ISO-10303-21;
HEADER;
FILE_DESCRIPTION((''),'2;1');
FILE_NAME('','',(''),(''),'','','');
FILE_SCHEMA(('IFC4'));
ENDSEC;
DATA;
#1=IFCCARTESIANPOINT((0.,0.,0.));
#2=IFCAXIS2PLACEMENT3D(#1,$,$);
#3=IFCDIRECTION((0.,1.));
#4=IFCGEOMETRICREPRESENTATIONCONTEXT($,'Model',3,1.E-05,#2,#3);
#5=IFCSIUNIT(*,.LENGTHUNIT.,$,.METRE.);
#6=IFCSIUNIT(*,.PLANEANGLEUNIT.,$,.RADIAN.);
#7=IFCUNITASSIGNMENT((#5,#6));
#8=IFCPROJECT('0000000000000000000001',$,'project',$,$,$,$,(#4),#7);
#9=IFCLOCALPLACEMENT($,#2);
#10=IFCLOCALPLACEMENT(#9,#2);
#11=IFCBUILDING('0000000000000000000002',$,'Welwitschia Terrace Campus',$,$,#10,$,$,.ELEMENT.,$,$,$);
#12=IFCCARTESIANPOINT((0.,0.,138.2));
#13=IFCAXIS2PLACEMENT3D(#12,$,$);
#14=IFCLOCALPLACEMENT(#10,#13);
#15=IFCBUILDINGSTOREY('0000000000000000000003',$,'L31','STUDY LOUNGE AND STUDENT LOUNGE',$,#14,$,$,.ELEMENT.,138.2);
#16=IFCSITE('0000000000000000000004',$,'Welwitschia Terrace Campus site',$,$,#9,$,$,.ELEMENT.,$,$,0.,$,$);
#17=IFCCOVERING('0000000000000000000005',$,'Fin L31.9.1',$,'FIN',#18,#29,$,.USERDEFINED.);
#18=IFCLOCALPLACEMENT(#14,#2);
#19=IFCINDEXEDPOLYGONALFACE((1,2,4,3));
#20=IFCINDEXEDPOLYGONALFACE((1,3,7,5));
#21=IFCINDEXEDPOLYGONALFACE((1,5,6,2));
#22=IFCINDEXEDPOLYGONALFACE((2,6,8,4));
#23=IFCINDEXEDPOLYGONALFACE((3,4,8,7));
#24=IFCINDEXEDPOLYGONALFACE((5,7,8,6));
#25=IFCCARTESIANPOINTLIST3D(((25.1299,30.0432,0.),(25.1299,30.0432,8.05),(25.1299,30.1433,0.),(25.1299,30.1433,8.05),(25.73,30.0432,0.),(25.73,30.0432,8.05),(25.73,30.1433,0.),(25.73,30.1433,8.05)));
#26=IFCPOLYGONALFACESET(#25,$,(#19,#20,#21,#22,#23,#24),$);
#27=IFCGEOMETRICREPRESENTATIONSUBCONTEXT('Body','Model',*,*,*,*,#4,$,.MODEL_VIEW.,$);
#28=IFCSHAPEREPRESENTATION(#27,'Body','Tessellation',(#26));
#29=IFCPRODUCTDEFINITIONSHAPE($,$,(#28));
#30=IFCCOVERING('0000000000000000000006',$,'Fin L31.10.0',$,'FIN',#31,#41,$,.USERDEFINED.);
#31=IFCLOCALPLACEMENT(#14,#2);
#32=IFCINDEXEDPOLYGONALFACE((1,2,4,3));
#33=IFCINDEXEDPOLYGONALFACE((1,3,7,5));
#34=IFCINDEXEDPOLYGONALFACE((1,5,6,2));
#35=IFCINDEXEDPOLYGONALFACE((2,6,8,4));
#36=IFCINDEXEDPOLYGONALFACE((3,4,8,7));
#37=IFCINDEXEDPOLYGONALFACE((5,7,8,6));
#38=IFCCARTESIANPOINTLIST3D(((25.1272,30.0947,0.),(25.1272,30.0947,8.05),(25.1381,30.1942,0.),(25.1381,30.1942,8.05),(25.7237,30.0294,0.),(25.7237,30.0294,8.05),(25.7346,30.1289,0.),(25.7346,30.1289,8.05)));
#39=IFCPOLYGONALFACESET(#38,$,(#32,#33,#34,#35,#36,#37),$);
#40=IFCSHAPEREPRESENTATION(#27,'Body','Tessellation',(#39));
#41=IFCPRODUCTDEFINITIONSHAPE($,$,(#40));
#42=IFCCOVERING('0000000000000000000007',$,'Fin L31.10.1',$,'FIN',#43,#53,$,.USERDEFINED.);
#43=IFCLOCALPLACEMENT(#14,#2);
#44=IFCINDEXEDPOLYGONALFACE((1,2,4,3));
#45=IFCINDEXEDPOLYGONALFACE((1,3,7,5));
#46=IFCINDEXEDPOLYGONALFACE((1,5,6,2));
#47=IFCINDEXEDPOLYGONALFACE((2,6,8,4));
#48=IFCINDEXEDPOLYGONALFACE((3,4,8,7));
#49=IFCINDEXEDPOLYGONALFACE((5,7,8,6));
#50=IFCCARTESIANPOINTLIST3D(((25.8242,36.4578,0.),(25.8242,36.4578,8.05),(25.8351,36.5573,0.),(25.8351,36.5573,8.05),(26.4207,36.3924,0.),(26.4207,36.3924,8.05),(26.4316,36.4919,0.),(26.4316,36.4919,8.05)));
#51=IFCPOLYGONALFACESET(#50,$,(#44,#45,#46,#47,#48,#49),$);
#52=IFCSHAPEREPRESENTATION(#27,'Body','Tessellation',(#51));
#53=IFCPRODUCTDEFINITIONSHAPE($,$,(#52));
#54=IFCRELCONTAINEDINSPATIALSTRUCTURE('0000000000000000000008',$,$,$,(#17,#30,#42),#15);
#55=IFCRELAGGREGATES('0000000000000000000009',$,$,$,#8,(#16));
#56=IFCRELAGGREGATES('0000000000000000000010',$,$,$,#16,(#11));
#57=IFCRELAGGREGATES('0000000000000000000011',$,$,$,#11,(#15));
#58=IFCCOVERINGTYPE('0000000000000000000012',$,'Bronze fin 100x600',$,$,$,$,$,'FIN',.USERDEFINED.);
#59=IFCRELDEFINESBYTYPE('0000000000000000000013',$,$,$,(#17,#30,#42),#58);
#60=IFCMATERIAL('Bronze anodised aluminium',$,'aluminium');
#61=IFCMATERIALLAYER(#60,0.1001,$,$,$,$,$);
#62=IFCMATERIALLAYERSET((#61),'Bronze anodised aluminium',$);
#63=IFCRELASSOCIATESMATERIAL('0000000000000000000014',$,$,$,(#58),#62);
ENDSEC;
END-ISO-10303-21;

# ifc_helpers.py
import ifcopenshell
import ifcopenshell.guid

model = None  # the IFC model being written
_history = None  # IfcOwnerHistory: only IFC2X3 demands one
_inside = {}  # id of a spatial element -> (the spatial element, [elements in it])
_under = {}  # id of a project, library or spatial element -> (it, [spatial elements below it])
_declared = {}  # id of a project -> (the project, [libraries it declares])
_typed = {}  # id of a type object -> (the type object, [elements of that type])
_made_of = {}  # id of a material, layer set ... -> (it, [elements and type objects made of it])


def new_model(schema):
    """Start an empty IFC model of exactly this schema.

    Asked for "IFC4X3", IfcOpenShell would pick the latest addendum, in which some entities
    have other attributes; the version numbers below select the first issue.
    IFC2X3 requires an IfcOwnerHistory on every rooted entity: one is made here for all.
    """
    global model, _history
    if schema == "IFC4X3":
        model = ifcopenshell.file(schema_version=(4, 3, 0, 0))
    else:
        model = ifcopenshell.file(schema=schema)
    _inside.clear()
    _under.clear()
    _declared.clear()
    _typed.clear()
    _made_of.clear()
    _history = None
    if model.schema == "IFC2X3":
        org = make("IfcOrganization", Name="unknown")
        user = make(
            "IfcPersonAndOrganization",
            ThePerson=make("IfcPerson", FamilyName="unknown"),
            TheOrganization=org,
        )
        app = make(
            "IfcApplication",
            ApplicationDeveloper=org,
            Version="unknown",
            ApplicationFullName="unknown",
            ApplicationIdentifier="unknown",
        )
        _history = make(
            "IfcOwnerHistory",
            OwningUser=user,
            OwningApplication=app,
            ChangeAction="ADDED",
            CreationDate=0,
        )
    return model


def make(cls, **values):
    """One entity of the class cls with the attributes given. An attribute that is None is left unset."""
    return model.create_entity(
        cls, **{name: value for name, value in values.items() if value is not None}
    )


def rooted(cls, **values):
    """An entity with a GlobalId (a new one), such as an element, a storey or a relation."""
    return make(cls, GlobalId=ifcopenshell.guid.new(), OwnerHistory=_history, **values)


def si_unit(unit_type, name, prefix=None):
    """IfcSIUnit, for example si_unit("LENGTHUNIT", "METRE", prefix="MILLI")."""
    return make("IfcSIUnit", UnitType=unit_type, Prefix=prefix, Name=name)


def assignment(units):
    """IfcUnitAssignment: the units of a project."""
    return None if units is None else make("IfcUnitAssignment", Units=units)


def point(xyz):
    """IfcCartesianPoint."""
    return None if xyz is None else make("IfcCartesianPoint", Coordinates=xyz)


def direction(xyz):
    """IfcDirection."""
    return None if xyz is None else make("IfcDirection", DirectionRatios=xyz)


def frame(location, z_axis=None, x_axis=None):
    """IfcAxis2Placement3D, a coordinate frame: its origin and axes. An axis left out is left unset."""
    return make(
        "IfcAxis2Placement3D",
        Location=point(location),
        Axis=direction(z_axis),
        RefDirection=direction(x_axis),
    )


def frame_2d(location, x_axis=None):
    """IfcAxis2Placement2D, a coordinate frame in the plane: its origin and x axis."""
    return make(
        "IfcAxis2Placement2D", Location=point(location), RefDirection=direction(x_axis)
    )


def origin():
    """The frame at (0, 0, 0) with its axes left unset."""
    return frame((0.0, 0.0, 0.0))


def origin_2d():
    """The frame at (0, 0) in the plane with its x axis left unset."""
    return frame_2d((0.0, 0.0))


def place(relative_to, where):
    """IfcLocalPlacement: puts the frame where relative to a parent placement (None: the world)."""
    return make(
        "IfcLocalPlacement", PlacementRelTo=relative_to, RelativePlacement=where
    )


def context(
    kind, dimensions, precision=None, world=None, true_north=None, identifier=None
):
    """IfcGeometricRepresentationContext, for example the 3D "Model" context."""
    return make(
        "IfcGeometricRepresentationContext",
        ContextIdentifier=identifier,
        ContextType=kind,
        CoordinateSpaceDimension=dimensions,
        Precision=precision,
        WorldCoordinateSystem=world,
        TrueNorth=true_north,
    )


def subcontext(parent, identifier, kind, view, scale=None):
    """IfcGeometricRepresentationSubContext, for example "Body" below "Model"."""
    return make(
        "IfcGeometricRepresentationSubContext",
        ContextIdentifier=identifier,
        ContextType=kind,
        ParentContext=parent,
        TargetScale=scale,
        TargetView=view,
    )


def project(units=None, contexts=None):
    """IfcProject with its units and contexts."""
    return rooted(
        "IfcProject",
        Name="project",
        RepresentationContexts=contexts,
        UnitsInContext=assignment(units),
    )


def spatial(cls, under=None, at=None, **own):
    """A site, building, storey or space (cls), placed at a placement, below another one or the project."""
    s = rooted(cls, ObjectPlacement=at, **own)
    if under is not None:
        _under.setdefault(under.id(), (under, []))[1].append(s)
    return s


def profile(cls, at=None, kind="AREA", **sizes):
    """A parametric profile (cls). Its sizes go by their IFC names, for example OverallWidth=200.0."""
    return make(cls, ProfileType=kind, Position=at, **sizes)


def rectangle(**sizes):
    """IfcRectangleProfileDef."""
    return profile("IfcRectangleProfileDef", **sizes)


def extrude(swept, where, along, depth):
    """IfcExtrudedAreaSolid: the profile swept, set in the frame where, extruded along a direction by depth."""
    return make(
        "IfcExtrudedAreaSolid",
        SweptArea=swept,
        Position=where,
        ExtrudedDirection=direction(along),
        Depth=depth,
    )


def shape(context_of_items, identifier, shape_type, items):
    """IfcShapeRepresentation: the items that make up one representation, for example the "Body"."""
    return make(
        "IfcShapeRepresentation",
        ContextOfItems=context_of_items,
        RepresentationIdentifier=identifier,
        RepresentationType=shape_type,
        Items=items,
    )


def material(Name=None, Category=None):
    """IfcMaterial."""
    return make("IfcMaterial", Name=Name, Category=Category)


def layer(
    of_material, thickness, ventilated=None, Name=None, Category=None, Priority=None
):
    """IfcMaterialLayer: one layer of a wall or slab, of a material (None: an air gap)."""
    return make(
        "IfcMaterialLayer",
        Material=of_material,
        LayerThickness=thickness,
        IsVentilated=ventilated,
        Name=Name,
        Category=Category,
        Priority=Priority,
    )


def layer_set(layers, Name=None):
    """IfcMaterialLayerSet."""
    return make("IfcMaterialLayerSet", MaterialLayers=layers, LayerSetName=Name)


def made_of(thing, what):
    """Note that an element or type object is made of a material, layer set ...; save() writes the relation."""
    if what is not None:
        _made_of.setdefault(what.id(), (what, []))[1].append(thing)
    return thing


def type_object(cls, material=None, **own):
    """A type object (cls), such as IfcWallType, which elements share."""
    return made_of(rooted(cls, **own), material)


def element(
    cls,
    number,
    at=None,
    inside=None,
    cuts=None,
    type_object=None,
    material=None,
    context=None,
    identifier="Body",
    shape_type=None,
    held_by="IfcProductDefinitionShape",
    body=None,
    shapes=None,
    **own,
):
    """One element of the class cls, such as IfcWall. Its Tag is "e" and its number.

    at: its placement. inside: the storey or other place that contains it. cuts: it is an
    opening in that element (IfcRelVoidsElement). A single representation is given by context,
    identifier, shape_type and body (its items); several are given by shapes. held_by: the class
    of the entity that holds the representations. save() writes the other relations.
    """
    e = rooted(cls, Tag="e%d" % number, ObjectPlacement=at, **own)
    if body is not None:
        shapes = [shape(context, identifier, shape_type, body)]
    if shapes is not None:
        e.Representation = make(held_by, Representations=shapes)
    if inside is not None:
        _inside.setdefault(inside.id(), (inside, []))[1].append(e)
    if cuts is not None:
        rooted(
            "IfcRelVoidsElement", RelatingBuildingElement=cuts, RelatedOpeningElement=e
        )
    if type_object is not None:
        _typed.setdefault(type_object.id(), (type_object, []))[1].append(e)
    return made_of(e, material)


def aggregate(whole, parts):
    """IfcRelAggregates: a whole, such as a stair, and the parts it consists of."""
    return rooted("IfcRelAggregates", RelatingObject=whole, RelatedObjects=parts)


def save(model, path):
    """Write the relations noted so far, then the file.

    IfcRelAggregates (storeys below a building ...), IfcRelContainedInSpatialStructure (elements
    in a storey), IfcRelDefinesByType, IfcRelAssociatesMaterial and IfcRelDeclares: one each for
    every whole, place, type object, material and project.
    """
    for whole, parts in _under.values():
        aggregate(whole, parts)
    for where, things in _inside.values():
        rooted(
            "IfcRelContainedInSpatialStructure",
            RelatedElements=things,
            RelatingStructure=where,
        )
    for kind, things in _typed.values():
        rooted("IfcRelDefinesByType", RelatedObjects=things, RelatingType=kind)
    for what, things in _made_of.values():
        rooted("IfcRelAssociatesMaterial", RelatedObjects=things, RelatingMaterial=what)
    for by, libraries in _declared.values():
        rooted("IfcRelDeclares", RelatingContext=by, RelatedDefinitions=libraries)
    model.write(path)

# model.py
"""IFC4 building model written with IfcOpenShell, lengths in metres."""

from ifc_helpers import new_model, si_unit, direction, frame, origin, origin_2d, place, context, subcontext, project, spatial, rectangle, extrude, material, layer, layer_set, type_object, element, save


model = new_model("IFC4")

# Units and contexts
model_context = context("Model", 3, precision=1e-05, world=origin(), true_north=direction((0.0, 1.0)))
body_context = subcontext(model_context, "Body", "Model", "MODEL_VIEW")
ifc_project = project(units=[si_unit("LENGTHUNIT", "METRE"), si_unit("PLANEANGLEUNIT", "RADIAN")], contexts=[model_context])

# Site, building, storey
site_placement = place(None, origin())
site = spatial("IfcSite", under=ifc_project, at=site_placement, Name="Welwitschia Terrace Campus site", CompositionType="ELEMENT", RefElevation=0.0)
building_placement = place(site_placement, origin())
building = spatial("IfcBuilding", under=site, at=building_placement, Name="Welwitschia Terrace Campus", CompositionType="ELEMENT")
storey_placement = place(building_placement, frame((0.0, 0.0, 138.2)))
storey = spatial("IfcBuildingStorey", under=building, at=storey_placement, Name="L31", Description="STUDY LOUNGE AND STUDENT LOUNGE", CompositionType="ELEMENT", Elevation=138.2)

# Coverings
ifc_material_1 = material(Name="Bronze anodised aluminium", Category="aluminium")
ifc_layer_1 = layer(ifc_material_1, 0.1001)
ifc_layer_set_1 = layer_set([ifc_layer_1], Name="Bronze anodised aluminium")
covering_type = type_object("IfcCoveringType", Name="Bronze fin 100x600", ElementType="FIN", PredefinedType="USERDEFINED", material=ifc_layer_set_1)
for number, where, z_axis, x_axis, name in (
    (1, (25.4299, 30.0933, 0.0), (0.0, 0.0, 1.0), (0.0, 1.0, 0.0), "Fin L31.9.1"),
    (2, (25.4309, 30.1118, 0.0), (0.0, 0.0, 1.0), (0.108867, 0.994056, 0.0), "Fin L31.10.0"),
    (3, (26.1279, 36.4749, 0.0), (0.0, 0.0, 1.0), (0.108867, 0.994056, 0.0), "Fin L31.10.1"),
):
    element("IfcCovering", number, at=place(storey_placement, frame(where, z_axis=z_axis, x_axis=x_axis)), inside=storey, type_object=covering_type, Name=name, ObjectType="FIN", PredefinedType="USERDEFINED", context=body_context, shape_type="SweptSolid", body=[
        extrude(rectangle(XDim=0.1001, YDim=0.6001, at=origin_2d()), origin(), (0.0, 0.0, 1.0), 8.05),
    ])

save(model, "model.ifc")
